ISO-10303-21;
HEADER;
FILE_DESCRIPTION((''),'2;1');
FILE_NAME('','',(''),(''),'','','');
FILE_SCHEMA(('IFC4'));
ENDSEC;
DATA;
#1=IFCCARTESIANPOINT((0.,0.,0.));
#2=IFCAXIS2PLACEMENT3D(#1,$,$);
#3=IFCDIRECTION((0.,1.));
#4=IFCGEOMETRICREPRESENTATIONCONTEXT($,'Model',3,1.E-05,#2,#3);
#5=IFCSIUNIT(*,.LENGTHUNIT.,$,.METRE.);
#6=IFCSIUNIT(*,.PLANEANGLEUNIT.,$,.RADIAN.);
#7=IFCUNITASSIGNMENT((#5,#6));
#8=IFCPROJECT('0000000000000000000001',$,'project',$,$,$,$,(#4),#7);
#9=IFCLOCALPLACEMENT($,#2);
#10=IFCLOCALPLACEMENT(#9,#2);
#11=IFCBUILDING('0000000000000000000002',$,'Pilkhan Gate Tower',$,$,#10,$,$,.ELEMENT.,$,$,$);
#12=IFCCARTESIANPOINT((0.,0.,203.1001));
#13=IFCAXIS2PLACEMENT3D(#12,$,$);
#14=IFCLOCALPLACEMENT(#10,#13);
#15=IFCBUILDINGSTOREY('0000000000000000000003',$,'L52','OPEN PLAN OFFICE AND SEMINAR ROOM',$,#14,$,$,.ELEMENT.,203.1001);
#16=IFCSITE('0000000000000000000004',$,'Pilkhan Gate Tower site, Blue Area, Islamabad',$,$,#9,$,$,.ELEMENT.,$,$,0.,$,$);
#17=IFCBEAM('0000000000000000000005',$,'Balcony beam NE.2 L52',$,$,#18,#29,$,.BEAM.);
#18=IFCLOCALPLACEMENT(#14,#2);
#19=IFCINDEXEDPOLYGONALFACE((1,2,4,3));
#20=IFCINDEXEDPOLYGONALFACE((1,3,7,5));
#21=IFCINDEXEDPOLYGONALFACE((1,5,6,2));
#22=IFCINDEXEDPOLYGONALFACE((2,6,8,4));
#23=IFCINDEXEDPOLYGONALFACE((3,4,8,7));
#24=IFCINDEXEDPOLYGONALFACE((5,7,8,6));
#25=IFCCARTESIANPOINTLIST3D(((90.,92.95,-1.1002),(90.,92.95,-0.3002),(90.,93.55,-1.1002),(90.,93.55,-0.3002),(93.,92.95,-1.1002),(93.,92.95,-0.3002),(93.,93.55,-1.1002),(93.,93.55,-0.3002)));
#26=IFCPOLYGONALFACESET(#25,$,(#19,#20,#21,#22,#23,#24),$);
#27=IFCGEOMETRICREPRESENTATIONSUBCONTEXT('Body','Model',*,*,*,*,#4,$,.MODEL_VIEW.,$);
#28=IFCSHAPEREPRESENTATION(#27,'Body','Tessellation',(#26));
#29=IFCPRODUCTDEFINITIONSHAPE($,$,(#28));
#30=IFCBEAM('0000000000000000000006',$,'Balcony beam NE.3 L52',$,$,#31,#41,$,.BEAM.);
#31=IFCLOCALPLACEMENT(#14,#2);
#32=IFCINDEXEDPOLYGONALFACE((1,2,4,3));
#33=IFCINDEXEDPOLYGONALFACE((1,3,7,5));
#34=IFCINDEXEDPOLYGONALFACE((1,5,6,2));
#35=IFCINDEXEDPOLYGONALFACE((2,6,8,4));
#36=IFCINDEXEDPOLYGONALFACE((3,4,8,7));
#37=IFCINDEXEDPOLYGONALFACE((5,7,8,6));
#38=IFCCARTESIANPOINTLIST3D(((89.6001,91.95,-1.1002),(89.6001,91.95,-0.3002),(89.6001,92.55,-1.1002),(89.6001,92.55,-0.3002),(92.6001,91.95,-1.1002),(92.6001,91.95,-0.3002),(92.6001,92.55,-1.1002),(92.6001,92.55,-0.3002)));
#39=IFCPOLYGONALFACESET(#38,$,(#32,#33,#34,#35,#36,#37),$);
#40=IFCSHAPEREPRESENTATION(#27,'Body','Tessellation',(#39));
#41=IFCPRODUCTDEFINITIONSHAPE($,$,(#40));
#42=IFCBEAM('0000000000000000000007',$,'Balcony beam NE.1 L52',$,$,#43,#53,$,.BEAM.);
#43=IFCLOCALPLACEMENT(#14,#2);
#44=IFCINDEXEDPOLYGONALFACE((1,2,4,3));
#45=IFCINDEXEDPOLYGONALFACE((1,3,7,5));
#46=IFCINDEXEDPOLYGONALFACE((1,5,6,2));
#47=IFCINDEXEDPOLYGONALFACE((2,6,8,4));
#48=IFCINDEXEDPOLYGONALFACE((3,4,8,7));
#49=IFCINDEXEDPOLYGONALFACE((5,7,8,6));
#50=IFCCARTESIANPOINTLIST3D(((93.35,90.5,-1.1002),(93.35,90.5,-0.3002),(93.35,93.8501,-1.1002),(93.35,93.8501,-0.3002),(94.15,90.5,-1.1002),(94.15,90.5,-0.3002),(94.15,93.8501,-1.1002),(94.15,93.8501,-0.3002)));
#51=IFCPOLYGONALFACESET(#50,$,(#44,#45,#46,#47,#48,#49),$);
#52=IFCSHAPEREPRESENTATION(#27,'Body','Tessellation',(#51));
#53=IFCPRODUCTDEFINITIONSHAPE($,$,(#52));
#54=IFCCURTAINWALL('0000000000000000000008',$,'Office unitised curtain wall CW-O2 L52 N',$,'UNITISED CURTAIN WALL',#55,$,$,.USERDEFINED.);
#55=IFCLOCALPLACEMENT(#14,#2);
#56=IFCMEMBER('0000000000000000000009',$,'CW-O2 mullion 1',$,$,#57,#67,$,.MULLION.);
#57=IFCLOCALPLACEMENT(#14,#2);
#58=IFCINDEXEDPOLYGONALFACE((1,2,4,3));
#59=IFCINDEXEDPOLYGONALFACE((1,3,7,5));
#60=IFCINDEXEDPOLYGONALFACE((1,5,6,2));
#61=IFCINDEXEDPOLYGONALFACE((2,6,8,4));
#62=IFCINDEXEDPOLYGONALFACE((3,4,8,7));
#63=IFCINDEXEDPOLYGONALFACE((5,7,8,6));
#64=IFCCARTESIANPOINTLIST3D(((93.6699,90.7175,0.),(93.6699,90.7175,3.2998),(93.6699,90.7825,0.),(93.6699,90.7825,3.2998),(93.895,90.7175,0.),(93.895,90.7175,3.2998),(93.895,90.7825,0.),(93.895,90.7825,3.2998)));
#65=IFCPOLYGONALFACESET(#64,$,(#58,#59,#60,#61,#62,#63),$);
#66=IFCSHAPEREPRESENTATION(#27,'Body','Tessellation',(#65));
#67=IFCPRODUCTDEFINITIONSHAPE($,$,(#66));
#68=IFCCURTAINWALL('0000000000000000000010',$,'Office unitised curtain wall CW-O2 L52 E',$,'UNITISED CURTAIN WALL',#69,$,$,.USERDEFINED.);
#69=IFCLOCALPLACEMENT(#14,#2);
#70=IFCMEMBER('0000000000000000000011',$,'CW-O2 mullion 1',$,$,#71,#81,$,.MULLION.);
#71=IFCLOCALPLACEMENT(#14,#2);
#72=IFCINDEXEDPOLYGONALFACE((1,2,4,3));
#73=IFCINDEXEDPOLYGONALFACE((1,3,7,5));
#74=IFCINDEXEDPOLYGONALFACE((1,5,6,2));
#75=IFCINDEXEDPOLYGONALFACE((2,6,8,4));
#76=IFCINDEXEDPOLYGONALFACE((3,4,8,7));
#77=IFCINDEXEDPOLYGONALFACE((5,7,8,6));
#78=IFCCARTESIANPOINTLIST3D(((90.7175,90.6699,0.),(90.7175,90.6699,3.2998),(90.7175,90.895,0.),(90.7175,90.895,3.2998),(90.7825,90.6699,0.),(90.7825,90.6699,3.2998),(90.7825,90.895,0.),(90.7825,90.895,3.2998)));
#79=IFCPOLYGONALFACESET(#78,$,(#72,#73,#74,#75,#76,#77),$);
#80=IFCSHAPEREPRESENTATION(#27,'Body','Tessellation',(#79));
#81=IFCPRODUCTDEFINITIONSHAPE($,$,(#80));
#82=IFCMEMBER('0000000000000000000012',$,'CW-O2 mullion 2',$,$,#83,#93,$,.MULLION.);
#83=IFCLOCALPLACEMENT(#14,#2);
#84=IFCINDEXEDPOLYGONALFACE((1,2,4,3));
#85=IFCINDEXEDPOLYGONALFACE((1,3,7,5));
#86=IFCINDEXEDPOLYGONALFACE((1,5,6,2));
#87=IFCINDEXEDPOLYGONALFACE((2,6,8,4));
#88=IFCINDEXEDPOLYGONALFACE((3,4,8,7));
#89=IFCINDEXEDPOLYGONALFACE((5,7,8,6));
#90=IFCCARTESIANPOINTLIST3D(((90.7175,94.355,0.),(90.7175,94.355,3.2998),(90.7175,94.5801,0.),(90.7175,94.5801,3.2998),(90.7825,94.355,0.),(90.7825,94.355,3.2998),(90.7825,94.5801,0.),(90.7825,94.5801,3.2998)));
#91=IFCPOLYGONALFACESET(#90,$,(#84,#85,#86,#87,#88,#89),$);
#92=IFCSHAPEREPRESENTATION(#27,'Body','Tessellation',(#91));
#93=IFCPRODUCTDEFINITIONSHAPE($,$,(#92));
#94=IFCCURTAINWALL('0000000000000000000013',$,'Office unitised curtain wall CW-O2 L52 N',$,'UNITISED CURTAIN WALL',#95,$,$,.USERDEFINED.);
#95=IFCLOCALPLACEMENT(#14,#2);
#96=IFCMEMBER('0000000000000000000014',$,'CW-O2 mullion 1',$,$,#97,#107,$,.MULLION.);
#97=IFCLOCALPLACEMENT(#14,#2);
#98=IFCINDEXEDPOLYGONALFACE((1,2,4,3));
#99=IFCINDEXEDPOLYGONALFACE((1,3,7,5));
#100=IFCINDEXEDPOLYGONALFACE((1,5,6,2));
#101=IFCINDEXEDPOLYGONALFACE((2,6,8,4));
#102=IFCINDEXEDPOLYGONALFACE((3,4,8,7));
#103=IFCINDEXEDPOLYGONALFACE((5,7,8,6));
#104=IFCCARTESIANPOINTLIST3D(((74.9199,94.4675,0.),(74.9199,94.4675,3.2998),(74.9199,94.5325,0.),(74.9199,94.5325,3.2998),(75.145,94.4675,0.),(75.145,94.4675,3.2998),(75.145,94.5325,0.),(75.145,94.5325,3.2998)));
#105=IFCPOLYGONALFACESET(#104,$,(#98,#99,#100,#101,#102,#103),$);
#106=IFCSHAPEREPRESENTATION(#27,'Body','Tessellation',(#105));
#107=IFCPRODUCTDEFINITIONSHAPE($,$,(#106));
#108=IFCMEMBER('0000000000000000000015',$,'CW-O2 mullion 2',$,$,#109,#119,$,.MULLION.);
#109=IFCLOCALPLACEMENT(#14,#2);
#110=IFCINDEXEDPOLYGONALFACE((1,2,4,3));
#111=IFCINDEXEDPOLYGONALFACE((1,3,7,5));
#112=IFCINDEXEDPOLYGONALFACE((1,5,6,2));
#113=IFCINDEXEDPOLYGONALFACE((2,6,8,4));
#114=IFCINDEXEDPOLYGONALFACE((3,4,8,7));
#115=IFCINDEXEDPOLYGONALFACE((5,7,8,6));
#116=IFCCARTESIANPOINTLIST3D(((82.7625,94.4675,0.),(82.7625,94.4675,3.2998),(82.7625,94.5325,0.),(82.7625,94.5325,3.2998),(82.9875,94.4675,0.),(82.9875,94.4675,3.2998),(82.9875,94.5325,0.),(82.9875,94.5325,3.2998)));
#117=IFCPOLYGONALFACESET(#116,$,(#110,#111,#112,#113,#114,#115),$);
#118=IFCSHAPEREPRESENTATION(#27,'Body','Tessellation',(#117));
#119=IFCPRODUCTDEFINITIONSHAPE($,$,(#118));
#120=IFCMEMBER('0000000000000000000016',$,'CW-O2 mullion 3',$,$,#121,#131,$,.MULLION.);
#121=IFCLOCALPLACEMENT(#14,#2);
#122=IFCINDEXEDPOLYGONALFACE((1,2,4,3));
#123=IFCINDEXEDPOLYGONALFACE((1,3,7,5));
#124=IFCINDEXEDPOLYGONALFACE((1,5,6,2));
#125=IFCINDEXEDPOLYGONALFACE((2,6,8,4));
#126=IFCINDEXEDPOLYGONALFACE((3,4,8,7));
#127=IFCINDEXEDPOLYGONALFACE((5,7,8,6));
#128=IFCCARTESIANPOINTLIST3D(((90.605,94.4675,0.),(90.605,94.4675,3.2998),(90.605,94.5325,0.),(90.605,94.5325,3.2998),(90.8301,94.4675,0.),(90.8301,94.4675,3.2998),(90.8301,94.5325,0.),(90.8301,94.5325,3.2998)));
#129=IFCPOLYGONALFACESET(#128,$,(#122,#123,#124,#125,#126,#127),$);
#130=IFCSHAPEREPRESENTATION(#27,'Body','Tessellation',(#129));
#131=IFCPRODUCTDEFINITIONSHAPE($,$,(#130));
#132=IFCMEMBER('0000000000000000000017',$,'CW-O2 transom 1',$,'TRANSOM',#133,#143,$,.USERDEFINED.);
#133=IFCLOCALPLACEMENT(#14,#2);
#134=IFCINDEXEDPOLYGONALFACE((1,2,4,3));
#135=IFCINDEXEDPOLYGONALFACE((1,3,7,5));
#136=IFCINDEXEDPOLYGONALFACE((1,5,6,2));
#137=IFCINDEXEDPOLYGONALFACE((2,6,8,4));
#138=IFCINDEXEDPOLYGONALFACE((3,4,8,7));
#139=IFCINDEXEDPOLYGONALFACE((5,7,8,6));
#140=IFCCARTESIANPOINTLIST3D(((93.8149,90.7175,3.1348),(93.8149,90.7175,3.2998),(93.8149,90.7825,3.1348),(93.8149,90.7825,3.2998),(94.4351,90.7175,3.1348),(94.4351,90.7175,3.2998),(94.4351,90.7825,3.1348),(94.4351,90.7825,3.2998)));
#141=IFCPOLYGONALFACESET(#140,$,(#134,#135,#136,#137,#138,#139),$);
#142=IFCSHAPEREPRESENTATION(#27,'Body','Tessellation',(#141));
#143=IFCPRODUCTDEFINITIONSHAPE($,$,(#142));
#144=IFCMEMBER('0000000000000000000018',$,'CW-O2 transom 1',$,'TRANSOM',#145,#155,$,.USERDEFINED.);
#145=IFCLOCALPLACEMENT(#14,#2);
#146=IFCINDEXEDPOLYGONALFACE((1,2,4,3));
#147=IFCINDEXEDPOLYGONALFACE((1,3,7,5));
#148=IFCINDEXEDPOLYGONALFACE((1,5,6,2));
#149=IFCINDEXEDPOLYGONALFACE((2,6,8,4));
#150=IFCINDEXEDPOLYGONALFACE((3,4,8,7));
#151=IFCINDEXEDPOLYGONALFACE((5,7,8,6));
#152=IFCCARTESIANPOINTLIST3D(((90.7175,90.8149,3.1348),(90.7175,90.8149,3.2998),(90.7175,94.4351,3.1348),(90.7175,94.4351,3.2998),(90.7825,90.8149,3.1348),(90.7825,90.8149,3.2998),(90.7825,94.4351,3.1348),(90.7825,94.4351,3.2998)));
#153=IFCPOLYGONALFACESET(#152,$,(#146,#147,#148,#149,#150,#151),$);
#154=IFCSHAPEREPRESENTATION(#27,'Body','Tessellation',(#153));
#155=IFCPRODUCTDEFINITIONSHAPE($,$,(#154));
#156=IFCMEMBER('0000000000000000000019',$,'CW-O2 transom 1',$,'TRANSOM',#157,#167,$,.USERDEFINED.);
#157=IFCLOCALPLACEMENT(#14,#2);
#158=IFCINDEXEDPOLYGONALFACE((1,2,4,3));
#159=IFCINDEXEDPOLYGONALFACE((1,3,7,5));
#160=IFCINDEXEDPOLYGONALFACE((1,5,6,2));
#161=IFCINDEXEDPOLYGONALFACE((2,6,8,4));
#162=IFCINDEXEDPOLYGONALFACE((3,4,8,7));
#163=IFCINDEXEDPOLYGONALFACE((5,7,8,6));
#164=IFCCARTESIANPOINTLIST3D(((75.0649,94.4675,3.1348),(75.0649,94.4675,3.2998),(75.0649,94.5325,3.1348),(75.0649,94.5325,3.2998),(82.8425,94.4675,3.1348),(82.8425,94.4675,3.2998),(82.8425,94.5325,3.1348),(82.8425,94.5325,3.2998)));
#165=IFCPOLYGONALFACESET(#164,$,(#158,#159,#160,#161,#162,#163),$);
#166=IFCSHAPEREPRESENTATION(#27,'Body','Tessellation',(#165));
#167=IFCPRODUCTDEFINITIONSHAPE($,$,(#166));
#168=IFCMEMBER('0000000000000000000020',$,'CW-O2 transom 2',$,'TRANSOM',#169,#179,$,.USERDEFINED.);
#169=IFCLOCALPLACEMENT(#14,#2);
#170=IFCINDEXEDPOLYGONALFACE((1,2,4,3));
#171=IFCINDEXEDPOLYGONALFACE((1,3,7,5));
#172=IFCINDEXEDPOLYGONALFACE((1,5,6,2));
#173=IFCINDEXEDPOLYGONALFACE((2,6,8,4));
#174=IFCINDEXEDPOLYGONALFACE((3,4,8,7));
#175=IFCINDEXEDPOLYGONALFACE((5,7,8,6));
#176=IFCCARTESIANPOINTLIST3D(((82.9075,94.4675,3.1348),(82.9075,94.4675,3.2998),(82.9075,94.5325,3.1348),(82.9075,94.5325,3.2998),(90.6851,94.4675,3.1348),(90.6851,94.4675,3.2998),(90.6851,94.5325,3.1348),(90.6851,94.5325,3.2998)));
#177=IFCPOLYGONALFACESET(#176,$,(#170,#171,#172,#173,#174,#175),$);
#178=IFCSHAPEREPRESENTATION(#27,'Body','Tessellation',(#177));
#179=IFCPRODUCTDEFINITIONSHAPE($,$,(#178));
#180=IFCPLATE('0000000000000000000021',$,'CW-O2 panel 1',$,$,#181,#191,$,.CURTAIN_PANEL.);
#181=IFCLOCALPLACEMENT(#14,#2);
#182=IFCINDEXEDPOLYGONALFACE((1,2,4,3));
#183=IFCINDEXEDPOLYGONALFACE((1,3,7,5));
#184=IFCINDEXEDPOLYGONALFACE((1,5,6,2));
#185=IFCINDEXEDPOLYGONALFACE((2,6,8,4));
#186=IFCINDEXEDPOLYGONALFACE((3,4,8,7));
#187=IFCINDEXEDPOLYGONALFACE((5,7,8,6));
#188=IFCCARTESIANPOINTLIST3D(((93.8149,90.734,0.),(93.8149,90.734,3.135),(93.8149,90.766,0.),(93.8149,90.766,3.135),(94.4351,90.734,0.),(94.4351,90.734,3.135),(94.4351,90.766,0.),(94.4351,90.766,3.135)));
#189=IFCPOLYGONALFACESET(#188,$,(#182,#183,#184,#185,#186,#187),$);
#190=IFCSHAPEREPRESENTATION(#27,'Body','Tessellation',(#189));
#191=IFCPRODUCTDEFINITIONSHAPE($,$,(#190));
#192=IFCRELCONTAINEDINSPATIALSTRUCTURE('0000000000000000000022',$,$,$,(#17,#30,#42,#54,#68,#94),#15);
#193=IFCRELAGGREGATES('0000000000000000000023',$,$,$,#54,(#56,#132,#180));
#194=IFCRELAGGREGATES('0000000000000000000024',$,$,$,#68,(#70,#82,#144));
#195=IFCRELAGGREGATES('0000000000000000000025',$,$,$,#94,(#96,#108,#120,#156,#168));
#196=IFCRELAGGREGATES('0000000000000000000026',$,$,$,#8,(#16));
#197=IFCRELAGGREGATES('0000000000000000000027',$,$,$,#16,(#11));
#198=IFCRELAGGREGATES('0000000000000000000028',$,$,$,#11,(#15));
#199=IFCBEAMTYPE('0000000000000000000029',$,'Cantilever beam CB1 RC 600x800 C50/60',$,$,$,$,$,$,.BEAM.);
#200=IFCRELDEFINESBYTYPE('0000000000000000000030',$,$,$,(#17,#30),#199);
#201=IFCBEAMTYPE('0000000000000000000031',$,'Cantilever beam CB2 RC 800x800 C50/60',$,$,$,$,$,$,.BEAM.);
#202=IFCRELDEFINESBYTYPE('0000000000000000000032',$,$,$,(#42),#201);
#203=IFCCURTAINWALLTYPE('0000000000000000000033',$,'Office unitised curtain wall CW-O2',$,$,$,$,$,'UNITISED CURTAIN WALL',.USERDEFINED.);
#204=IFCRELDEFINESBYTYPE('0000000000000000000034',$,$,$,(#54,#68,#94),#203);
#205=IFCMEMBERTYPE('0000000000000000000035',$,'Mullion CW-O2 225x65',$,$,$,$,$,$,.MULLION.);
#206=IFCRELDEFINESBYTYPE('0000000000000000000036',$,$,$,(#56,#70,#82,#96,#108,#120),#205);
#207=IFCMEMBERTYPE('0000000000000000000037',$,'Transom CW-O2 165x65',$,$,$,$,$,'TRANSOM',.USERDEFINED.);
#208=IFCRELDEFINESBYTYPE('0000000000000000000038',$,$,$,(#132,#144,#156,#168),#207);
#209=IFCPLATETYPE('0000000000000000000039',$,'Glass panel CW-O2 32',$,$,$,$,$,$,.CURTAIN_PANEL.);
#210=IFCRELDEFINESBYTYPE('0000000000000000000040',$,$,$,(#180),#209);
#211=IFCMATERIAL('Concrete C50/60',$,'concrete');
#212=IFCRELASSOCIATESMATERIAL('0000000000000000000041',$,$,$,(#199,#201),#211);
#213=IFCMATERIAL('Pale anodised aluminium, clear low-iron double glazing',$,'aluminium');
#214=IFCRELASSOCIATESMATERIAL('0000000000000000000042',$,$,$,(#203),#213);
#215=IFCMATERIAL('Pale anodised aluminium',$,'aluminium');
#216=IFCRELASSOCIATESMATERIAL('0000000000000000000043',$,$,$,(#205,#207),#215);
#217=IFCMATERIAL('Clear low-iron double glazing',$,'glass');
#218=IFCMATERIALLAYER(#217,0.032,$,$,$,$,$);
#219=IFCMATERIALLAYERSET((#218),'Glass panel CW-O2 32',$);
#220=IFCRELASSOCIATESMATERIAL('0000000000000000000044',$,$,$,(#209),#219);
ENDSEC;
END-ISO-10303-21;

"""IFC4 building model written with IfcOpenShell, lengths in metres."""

from ifc_helpers import new_model, si_unit, direction, frame, origin, origin_2d, place, context, subcontext, project, spatial, rectangle, extrude, material, layer, layer_set, material_profile, profile_set, type_object, element, aggregate, save


model = new_model("IFC4")

# Units and contexts
model_context = context("Model", 3, precision=1e-05, world=origin(), true_north=direction((0.0, 1.0)))
body_context = subcontext(model_context, "Body", "Model", "MODEL_VIEW")
ifc_project = project(units=[si_unit("LENGTHUNIT", "METRE"), si_unit("PLANEANGLEUNIT", "RADIAN")], contexts=[model_context])

# Site, building, storey
site_placement = place(None, origin())
site = spatial("IfcSite", under=ifc_project, at=site_placement, Name="Pilkhan Gate Tower site, Blue Area, Islamabad", CompositionType="ELEMENT", RefElevation=0.0)
building_placement = place(site_placement, origin())
building = spatial("IfcBuilding", under=site, at=building_placement, Name="Pilkhan Gate Tower", CompositionType="ELEMENT")
storey_placement = place(building_placement, frame((0.0, 0.0, 203.1001)))
storey = spatial("IfcBuildingStorey", under=building, at=storey_placement, Name="L52", Description="OPEN PLAN OFFICE AND SEMINAR ROOM", CompositionType="ELEMENT", Elevation=203.1001)

# Beams
ifc_material_1 = material(Name="Concrete C50/60", Category="concrete")
ifc_material_profile_1 = material_profile(ifc_material_1, rectangle(XDim=0.6001, YDim=0.8, at=origin_2d()), Name="RC 600x800")
ifc_profile_set_1 = profile_set([ifc_material_profile_1], Name="Concrete C50/60")
beam_type_1 = type_object("IfcBeamType", Name="Cantilever beam CB1 RC 600x800 C50/60", PredefinedType="BEAM", material=ifc_profile_set_1)
for number, where, z_axis, x_axis, name in (
    (1, (90.0, 93.25, -0.7002), (1.0, 0.0, 0.0), (0.0, 1.0, 0.0), "Balcony beam NE.2 L52"),
    (2, (89.6001, 92.25, -0.7002), (1.0, 0.0, 0.0), (0.0, 1.0, 0.0), "Balcony beam NE.3 L52"),
):
    element("IfcBeam", number, at=place(storey_placement, frame(where, z_axis=z_axis, x_axis=x_axis)), inside=storey, type_object=beam_type_1, Name=name, PredefinedType="BEAM", context=body_context, shape_type="SweptSolid", body=[
        extrude(rectangle(XDim=0.6001, YDim=0.8, at=origin_2d()), origin(), (0.0, 0.0, 1.0), 3.0),
    ])
ifc_material_profile_2 = material_profile(ifc_material_1, rectangle(XDim=0.8, YDim=0.8, at=origin_2d()), Name="RC 800x800")
ifc_profile_set_2 = profile_set([ifc_material_profile_2], Name="Concrete C50/60")
beam_type_2 = type_object("IfcBeamType", Name="Cantilever beam CB2 RC 800x800 C50/60", PredefinedType="BEAM", material=ifc_profile_set_2)
beam_placement = place(storey_placement, frame((93.75, 90.5, -0.7002), z_axis=(0.0, 1.0, 0.0), x_axis=(-1.0, 0.0, 0.0)))
element("IfcBeam", 3, at=beam_placement, inside=storey, type_object=beam_type_2, Name="Balcony beam NE.1 L52", PredefinedType="BEAM", context=body_context, shape_type="SweptSolid", body=[
    extrude(rectangle(XDim=0.8, YDim=0.8, at=origin_2d()), origin(), (0.0, 0.0, 1.0), 3.3501),
])

# Curtain wall, member
ifc_material_2 = material(Name="Pale anodised aluminium, clear low-iron double glazing", Category="aluminium")
curtain_wall_type = type_object("IfcCurtainWallType", Name="Office unitised curtain wall CW-O2", ElementType="UNITISED CURTAIN WALL", PredefinedType="USERDEFINED", material=ifc_material_2)
curtain_wall_1_placement = place(storey_placement, origin())
curtain_wall_1 = element("IfcCurtainWall", 4, at=curtain_wall_1_placement, inside=storey, type_object=curtain_wall_type, Name="Office unitised curtain wall CW-O2 L52 N", ObjectType="UNITISED CURTAIN WALL", PredefinedType="USERDEFINED")
ifc_material_3 = material(Name="Pale anodised aluminium", Category="aluminium")
ifc_material_profile_3 = material_profile(ifc_material_3, rectangle(XDim=0.0649, YDim=0.2251, at=origin_2d()), Name="Mullion 225x65")
ifc_profile_set_3 = profile_set([ifc_material_profile_3], Name="Pale anodised aluminium")
member_type_1 = type_object("IfcMemberType", Name="Mullion CW-O2 225x65", PredefinedType="MULLION", material=ifc_profile_set_3)
member_1_placement = place(storey_placement, frame((93.7825, 90.75, 0.0), z_axis=(0.0, 0.0, 1.0), x_axis=(0.0, 1.0, 0.0)))
member_1 = element("IfcMember", 5, at=member_1_placement, type_object=member_type_1, Name="CW-O2 mullion 1", PredefinedType="MULLION", context=body_context, shape_type="SweptSolid", body=[
    extrude(rectangle(XDim=0.0649, YDim=0.2251, at=origin_2d()), origin(), (0.0, 0.0, 1.0), 3.2998),
])

# Curtain walls, members
curtain_wall_2_placement = place(storey_placement, origin())
curtain_wall_2 = element("IfcCurtainWall", 6, at=curtain_wall_2_placement, inside=storey, type_object=curtain_wall_type, Name="Office unitised curtain wall CW-O2 L52 E", ObjectType="UNITISED CURTAIN WALL", PredefinedType="USERDEFINED")
member_2_placement = place(storey_placement, frame((90.75, 90.7825, 0.0), z_axis=(0.0, 0.0, 1.0), x_axis=(-1.0, 0.0, 0.0)))
member_2 = element("IfcMember", 7, at=member_2_placement, type_object=member_type_1, Name="CW-O2 mullion 1", PredefinedType="MULLION", context=body_context, shape_type="SweptSolid", body=[
    extrude(rectangle(XDim=0.0649, YDim=0.2251, at=origin_2d()), origin(), (0.0, 0.0, 1.0), 3.2998),
])
member_3_placement = place(storey_placement, frame((90.75, 94.4675, 0.0), z_axis=(0.0, 0.0, 1.0), x_axis=(-1.0, 0.0, 0.0)))
member_3 = element("IfcMember", 8, at=member_3_placement, type_object=member_type_1, Name="CW-O2 mullion 2", PredefinedType="MULLION", context=body_context, shape_type="SweptSolid", body=[
    extrude(rectangle(XDim=0.0649, YDim=0.2251, at=origin_2d()), origin(), (0.0, 0.0, 1.0), 3.2998),
])
curtain_wall_3_placement = place(storey_placement, origin())
curtain_wall_3 = element("IfcCurtainWall", 9, at=curtain_wall_3_placement, inside=storey, type_object=curtain_wall_type, Name="Office unitised curtain wall CW-O2 L52 N", ObjectType="UNITISED CURTAIN WALL", PredefinedType="USERDEFINED")
member_4_placement = place(storey_placement, frame((75.0325, 94.5, 0.0), z_axis=(0.0, 0.0, 1.0), x_axis=(0.0, 1.0, 0.0)))
member_4 = element("IfcMember", 10, at=member_4_placement, type_object=member_type_1, Name="CW-O2 mullion 1", PredefinedType="MULLION", context=body_context, shape_type="SweptSolid", body=[
    extrude(rectangle(XDim=0.0649, YDim=0.2251, at=origin_2d()), origin(), (0.0, 0.0, 1.0), 3.2998),
])
member_5_placement = place(storey_placement, frame((82.875, 94.5, 0.0), z_axis=(0.0, 0.0, 1.0), x_axis=(0.0, 1.0, 0.0)))
member_5 = element("IfcMember", 11, at=member_5_placement, type_object=member_type_1, Name="CW-O2 mullion 2", PredefinedType="MULLION", context=body_context, shape_type="SweptSolid", body=[
    extrude(rectangle(XDim=0.0649, YDim=0.2251, at=origin_2d()), origin(), (0.0, 0.0, 1.0), 3.2998),
])
member_6_placement = place(storey_placement, frame((90.7175, 94.5, 0.0), z_axis=(0.0, 0.0, 1.0), x_axis=(0.0, 1.0, 0.0)))
member_6 = element("IfcMember", 12, at=member_6_placement, type_object=member_type_1, Name="CW-O2 mullion 3", PredefinedType="MULLION", context=body_context, shape_type="SweptSolid", body=[
    extrude(rectangle(XDim=0.0649, YDim=0.2251, at=origin_2d()), origin(), (0.0, 0.0, 1.0), 3.2998),
])

# Members
ifc_material_profile_4 = material_profile(ifc_material_3, rectangle(XDim=0.0649, YDim=0.165, at=origin_2d()), Name="Transom 165x65")
ifc_profile_set_4 = profile_set([ifc_material_profile_4], Name="Pale anodised aluminium")
member_type_2 = type_object("IfcMemberType", Name="Transom CW-O2 165x65", ElementType="TRANSOM", PredefinedType="USERDEFINED", material=ifc_profile_set_4)
member_7_placement = place(storey_placement, frame((93.8149, 90.75, 3.2173), z_axis=(1.0, 0.0, 0.0), x_axis=(0.0, 1.0, 0.0)))
member_7 = element("IfcMember", 13, at=member_7_placement, type_object=member_type_2, Name="CW-O2 transom 1", ObjectType="TRANSOM", PredefinedType="USERDEFINED", context=body_context, shape_type="SweptSolid", body=[
    extrude(rectangle(XDim=0.0649, YDim=0.165, at=origin_2d()), origin(), (0.0, 0.0, 1.0), 0.6201),
])
member_8_placement = place(storey_placement, frame((90.75, 90.8149, 3.2173), z_axis=(0.0, 1.0, 0.0), x_axis=(-1.0, 0.0, 0.0)))
member_8 = element("IfcMember", 14, at=member_8_placement, type_object=member_type_2, Name="CW-O2 transom 1", ObjectType="TRANSOM", PredefinedType="USERDEFINED", context=body_context, shape_type="SweptSolid", body=[
    extrude(rectangle(XDim=0.0649, YDim=0.165, at=origin_2d()), origin(), (0.0, 0.0, 1.0), 3.6201),
])
member_9_placement = place(storey_placement, frame((75.0649, 94.5, 3.2173), z_axis=(1.0, 0.0, 0.0), x_axis=(0.0, 1.0, 0.0)))
member_9 = element("IfcMember", 15, at=member_9_placement, type_object=member_type_2, Name="CW-O2 transom 1", ObjectType="TRANSOM", PredefinedType="USERDEFINED", context=body_context, shape_type="SweptSolid", body=[
    extrude(rectangle(XDim=0.0649, YDim=0.165, at=origin_2d()), origin(), (0.0, 0.0, 1.0), 7.7776),
])
member_10_placement = place(storey_placement, frame((82.9075, 94.5, 3.2173), z_axis=(1.0, 0.0, 0.0), x_axis=(0.0, 1.0, 0.0)))
member_10 = element("IfcMember", 16, at=member_10_placement, type_object=member_type_2, Name="CW-O2 transom 2", ObjectType="TRANSOM", PredefinedType="USERDEFINED", context=body_context, shape_type="SweptSolid", body=[
    extrude(rectangle(XDim=0.0649, YDim=0.165, at=origin_2d()), origin(), (0.0, 0.0, 1.0), 7.7776),
])

# Plate
ifc_material_4 = material(Name="Clear low-iron double glazing", Category="glass")
ifc_layer_1 = layer(ifc_material_4, 0.032)
ifc_layer_set_1 = layer_set([ifc_layer_1], Name="Glass panel CW-O2 32")
plate_type = type_object("IfcPlateType", Name="Glass panel CW-O2 32", PredefinedType="CURTAIN_PANEL", material=ifc_layer_set_1)
plate_1_placement = place(storey_placement, frame((94.125, 90.75, 0.0), z_axis=(0.0, 0.0, 1.0), x_axis=(1.0, 0.0, 0.0)))
plate_1 = element("IfcPlate", 17, at=plate_1_placement, type_object=plate_type, Name="CW-O2 panel 1", PredefinedType="CURTAIN_PANEL", context=body_context, shape_type="SweptSolid", body=[
    extrude(rectangle(XDim=0.6201, YDim=0.032, at=origin_2d()), origin(), (0.0, 0.0, 1.0), 3.135),
])
aggregate(curtain_wall_1, [member_1, member_7, plate_1])
aggregate(curtain_wall_2, [member_2, member_3, member_8])
aggregate(curtain_wall_3, [member_4, member_5, member_6, member_9, member_10])

save(model, "model.ifc")
